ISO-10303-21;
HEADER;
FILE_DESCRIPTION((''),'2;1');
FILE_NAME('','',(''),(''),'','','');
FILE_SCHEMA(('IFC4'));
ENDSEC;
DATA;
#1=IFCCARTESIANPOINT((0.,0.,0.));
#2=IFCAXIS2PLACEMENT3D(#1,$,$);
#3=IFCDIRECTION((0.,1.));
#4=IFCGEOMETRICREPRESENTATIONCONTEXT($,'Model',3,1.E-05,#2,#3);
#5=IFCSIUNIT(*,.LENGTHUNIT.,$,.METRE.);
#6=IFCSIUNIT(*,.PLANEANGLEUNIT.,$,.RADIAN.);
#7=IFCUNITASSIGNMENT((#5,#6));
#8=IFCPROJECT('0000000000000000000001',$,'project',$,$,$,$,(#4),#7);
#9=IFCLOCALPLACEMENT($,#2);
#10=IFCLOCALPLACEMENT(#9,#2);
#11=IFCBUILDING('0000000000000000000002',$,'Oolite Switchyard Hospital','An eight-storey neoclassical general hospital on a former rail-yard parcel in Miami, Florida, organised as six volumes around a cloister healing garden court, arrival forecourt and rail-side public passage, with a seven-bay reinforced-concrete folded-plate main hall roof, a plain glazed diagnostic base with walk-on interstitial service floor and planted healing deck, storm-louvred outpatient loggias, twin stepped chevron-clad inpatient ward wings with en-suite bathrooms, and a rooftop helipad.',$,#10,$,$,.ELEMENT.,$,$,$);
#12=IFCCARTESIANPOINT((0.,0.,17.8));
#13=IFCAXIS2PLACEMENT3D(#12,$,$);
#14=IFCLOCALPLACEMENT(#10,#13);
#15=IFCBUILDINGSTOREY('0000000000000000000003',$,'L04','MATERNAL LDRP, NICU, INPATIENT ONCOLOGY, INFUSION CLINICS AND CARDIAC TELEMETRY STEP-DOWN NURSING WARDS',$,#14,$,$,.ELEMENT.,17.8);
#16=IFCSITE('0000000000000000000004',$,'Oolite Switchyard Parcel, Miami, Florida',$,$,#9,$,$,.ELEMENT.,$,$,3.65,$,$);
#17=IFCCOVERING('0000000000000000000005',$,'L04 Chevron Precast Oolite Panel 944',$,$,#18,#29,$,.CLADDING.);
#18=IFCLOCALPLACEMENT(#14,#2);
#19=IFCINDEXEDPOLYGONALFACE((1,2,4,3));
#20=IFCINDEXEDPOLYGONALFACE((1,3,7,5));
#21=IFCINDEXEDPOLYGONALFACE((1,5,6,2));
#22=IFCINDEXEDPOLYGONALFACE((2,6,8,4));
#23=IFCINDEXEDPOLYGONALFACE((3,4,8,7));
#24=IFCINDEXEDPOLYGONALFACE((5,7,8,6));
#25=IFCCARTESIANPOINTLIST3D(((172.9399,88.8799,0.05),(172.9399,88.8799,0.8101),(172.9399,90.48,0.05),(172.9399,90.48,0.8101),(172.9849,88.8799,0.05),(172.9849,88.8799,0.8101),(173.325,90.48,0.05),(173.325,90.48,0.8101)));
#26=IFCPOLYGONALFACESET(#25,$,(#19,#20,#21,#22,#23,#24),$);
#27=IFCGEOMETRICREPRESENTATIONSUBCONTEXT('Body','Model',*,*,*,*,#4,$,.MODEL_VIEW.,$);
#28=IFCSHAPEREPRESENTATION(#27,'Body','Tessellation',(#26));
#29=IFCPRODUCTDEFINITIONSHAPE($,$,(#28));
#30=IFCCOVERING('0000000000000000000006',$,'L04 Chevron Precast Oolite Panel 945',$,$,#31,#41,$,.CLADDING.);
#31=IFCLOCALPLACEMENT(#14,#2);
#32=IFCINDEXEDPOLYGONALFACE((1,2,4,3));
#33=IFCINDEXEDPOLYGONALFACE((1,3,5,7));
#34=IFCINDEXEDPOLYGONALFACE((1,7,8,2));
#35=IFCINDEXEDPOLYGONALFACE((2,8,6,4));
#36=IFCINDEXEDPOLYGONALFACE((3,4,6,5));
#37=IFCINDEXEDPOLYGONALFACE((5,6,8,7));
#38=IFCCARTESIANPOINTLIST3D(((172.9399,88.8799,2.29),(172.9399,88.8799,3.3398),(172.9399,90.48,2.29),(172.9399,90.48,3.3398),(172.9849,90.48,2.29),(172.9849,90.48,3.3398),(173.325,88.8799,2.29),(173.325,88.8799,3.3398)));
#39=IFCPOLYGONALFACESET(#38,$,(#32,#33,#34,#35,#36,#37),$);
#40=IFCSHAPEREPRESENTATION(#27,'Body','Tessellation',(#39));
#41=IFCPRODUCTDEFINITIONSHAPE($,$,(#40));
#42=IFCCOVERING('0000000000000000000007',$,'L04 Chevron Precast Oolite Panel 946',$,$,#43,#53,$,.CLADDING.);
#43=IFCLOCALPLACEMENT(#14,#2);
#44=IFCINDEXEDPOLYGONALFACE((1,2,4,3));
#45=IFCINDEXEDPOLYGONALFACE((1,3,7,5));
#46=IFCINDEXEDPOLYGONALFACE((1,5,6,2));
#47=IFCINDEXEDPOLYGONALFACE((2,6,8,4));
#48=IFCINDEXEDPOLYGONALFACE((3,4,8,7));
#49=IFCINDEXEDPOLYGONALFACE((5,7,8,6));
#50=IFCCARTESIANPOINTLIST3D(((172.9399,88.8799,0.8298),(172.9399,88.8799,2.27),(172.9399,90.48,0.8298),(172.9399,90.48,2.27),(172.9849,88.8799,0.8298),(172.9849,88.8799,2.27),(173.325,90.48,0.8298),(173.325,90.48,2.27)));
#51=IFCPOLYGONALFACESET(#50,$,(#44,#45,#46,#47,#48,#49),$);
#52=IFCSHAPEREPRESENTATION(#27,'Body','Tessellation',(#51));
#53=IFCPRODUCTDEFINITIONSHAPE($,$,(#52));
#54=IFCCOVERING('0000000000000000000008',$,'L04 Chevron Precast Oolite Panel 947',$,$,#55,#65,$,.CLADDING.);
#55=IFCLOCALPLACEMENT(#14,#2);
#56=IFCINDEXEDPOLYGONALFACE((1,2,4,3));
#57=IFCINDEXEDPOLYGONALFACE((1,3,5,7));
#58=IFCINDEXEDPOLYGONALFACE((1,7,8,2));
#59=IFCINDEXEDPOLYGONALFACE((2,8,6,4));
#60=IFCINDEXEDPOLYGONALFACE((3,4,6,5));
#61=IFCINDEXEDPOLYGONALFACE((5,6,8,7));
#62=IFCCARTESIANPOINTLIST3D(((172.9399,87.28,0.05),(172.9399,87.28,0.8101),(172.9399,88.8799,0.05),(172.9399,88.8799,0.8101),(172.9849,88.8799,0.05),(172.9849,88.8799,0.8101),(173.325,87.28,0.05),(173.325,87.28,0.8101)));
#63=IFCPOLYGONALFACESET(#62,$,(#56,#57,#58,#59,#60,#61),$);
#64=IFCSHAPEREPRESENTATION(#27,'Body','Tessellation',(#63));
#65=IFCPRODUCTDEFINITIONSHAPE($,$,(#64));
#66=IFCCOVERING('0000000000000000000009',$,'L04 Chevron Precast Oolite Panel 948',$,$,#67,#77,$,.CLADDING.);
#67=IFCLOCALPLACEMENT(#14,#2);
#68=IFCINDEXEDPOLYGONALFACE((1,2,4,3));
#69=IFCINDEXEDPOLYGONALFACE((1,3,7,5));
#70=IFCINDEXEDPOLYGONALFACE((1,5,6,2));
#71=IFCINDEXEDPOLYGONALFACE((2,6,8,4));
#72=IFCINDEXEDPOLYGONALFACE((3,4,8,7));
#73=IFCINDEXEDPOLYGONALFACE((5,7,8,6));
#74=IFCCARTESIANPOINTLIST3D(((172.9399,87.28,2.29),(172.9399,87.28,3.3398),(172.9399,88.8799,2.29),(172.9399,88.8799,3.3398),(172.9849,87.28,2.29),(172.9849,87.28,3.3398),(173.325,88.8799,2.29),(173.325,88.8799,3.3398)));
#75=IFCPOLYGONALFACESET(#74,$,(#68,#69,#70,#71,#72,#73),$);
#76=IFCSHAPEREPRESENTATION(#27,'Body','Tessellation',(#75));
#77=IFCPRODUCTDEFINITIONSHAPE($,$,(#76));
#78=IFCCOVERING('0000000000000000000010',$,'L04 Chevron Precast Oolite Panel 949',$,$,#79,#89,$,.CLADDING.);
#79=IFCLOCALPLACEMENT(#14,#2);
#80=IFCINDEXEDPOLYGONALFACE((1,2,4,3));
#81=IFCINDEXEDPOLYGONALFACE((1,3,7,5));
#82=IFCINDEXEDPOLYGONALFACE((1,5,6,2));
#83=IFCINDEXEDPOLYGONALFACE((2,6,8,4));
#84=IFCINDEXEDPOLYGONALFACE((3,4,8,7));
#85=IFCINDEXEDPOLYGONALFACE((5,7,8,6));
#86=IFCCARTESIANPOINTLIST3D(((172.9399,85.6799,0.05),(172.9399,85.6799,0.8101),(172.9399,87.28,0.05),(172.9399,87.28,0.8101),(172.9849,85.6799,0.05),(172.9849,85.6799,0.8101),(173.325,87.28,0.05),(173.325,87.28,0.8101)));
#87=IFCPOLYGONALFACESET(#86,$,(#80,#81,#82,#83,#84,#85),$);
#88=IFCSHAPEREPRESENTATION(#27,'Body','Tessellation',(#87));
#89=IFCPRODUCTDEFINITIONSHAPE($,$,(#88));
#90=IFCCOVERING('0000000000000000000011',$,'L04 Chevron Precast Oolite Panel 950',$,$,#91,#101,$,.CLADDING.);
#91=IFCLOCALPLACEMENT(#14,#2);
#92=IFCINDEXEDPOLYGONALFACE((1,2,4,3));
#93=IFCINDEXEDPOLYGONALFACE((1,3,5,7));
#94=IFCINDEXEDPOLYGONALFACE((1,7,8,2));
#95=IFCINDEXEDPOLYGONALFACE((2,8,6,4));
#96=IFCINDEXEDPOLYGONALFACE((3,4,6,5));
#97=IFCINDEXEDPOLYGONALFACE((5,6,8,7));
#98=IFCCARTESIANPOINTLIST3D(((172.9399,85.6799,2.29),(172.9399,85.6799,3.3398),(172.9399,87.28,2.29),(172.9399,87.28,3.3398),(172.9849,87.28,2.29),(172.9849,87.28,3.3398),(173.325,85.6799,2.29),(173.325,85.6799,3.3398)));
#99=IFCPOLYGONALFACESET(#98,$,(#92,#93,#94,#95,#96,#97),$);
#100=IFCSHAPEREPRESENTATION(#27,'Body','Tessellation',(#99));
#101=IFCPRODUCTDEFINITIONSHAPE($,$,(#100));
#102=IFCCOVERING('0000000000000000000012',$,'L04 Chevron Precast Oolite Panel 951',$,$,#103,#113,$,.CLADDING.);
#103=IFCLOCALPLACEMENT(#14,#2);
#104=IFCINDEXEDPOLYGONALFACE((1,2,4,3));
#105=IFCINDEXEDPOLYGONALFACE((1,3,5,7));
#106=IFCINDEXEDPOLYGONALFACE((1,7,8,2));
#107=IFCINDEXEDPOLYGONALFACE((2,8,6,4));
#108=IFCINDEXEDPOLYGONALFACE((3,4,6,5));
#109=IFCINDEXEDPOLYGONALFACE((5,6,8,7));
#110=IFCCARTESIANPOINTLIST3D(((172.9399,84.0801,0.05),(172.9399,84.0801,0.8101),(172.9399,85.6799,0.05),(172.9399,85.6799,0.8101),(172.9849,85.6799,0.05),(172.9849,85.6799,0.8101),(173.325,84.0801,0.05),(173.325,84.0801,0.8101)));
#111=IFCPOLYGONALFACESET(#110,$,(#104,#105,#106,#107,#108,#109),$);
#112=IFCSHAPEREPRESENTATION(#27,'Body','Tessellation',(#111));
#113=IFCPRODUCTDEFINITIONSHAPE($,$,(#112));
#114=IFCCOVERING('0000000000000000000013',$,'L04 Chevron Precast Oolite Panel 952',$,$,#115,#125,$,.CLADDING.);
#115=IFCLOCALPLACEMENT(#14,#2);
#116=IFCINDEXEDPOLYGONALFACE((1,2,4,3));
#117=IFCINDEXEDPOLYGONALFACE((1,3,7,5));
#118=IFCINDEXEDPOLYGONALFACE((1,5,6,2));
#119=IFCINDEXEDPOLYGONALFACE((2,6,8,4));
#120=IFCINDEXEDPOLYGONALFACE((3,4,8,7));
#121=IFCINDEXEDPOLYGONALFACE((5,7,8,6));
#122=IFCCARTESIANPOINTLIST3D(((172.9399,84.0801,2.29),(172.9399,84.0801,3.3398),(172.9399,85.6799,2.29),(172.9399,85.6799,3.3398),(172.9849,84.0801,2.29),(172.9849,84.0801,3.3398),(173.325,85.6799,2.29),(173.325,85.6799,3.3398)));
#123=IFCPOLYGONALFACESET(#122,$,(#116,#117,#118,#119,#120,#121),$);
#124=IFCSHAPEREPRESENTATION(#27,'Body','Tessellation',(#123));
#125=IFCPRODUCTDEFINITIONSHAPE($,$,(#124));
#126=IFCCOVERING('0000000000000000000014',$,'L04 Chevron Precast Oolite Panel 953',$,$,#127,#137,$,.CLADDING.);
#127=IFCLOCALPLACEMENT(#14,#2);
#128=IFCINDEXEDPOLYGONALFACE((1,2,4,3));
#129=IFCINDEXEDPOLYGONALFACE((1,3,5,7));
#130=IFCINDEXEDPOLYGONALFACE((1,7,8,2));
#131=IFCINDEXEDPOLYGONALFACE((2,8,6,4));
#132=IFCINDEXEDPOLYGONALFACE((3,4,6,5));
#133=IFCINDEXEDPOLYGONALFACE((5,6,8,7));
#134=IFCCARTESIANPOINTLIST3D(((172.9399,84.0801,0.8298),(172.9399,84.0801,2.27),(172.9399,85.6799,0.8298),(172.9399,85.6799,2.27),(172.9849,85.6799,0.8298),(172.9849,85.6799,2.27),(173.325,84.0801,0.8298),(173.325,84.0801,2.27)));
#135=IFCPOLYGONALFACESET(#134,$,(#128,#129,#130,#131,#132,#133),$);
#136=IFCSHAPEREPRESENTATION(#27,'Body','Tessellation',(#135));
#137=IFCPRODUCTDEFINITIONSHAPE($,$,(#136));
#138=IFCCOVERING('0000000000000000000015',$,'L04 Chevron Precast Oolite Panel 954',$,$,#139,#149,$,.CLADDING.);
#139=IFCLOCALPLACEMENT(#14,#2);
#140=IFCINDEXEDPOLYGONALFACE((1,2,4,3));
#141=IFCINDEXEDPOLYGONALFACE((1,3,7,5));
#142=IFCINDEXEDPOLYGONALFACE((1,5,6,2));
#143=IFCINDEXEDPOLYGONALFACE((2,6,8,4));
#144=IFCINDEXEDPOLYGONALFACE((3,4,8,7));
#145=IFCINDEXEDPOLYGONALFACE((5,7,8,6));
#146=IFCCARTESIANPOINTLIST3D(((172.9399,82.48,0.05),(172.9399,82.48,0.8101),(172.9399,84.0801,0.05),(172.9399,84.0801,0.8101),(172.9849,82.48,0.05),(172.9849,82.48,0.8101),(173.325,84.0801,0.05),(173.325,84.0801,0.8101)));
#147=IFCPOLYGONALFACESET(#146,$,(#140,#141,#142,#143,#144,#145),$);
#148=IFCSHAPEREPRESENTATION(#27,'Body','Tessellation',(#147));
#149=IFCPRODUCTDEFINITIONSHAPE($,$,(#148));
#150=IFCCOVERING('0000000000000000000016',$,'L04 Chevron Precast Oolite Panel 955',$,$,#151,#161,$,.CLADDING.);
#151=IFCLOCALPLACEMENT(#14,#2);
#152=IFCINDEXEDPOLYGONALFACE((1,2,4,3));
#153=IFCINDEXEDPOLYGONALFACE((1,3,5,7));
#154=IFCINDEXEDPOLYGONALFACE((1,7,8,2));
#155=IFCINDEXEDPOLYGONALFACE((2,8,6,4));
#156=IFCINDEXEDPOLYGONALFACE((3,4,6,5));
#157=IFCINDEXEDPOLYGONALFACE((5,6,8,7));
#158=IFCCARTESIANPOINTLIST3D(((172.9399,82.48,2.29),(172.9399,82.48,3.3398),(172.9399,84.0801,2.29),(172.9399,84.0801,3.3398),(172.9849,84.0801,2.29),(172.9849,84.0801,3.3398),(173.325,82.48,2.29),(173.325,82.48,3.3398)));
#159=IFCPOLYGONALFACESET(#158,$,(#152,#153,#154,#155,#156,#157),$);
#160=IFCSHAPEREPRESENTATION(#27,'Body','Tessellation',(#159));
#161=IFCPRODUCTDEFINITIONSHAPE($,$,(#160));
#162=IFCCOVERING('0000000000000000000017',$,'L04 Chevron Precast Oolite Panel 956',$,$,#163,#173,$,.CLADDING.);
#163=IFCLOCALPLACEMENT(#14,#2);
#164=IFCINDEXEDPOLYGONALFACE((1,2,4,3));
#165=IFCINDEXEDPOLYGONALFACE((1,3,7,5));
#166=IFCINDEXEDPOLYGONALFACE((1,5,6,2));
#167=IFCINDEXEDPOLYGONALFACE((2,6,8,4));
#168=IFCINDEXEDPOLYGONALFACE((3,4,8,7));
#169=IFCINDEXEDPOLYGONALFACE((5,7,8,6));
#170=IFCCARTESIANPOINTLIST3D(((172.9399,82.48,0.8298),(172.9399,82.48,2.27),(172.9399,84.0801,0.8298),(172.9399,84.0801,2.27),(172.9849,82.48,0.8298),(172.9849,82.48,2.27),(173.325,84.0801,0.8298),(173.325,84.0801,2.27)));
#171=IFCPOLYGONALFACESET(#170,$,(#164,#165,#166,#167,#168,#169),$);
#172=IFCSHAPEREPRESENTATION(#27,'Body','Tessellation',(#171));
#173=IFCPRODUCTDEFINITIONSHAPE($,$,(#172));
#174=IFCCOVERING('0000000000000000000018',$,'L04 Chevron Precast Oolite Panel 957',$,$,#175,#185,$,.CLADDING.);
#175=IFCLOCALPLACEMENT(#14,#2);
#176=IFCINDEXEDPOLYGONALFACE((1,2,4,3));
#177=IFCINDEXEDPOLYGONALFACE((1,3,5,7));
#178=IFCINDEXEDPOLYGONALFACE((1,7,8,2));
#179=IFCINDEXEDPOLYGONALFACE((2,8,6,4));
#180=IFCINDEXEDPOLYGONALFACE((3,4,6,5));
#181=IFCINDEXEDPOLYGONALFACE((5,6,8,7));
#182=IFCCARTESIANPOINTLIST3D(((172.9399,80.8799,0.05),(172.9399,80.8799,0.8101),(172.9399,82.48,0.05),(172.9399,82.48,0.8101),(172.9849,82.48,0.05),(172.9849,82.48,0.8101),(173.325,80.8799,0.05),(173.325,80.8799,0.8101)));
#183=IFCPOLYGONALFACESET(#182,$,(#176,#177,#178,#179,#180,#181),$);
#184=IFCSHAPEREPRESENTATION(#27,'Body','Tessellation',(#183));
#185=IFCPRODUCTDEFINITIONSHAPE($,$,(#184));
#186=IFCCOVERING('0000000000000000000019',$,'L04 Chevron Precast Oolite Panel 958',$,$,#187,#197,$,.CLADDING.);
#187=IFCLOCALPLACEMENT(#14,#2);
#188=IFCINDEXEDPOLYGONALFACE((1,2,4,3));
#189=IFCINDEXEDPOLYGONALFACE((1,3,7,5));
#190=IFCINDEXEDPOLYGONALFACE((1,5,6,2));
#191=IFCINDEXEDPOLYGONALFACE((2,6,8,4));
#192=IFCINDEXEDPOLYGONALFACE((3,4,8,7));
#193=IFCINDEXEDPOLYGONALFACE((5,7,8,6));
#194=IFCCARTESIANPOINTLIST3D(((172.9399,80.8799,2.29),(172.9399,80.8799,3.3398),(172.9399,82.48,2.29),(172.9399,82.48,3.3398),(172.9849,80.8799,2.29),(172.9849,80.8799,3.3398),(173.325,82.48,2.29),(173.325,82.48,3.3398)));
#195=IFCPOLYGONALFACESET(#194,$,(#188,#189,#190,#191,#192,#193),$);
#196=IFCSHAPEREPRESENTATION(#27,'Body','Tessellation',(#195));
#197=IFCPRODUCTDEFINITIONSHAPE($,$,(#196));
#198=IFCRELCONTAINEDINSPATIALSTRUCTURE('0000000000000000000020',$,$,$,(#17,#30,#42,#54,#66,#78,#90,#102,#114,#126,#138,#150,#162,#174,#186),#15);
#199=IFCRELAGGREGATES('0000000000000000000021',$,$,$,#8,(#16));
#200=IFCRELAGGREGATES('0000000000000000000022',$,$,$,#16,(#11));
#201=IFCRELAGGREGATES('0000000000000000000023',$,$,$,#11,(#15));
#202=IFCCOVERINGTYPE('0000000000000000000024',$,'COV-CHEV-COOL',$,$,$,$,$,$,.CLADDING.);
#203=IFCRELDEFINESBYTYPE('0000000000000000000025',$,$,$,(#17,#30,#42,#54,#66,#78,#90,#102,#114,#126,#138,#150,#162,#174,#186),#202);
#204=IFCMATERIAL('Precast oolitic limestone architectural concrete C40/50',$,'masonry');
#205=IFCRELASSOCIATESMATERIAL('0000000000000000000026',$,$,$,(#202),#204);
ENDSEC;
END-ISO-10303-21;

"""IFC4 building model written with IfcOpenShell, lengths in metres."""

from ifc_helpers import new_model, si_unit, direction, frame, origin, place, context, subcontext, project, spatial, polyline, outline, extrude, material, type_object, element, save


model = new_model("IFC4")

# Units and contexts
model_context = context("Model", 3, precision=1e-05, world=origin(), true_north=direction((0.0, 1.0)))
body_context = subcontext(model_context, "Body", "Model", "MODEL_VIEW")
ifc_project = project(units=[si_unit("LENGTHUNIT", "METRE"), si_unit("PLANEANGLEUNIT", "RADIAN")], contexts=[model_context])

# Site, building, storey
site_placement = place(None, origin())
site = spatial("IfcSite", under=ifc_project, at=site_placement, Name="Oolite Switchyard Parcel, Miami, Florida", CompositionType="ELEMENT", RefElevation=3.65)
building_placement = place(site_placement, origin())
building = spatial("IfcBuilding", under=site, at=building_placement, Name="Oolite Switchyard Hospital", Description="An eight-storey neoclassical general hospital on a former rail-yard parcel in Miami, Florida, organised as six volumes around a cloister healing garden court, arrival forecourt and rail-side public passage, with a seven-bay reinforced-concrete folded-plate main hall roof, a plain glazed diagnostic base with walk-on interstitial service floor and planted healing deck, storm-louvred outpatient loggias, twin stepped chevron-clad inpatient ward wings with en-suite bathrooms, and a rooftop helipad.", CompositionType="ELEMENT")
storey_placement = place(building_placement, frame((0.0, 0.0, 17.8)))
storey = spatial("IfcBuildingStorey", under=building, at=storey_placement, Name="L04", Description="MATERNAL LDRP, NICU, INPATIENT ONCOLOGY, INFUSION CLINICS AND CARDIAC TELEMETRY STEP-DOWN NURSING WARDS", CompositionType="ELEMENT", Elevation=17.8)

# Coverings
ifc_material = material(Name="Precast oolitic limestone architectural concrete C40/50", Category="masonry")
covering_type = type_object("IfcCoveringType", Name="COV-CHEV-COOL", PredefinedType="CLADDING", material=ifc_material)
covering_1_placement = place(storey_placement, frame((172.9399, 90.48, 0.05), z_axis=(0.0, 0.0, 1.0), x_axis=(0.0, -1.0, 0.0)))
element("IfcCovering", 1, at=covering_1_placement, inside=storey, type_object=covering_type, Name="L04 Chevron Precast Oolite Panel 944", PredefinedType="CLADDING", context=body_context, shape_type="SweptSolid", body=[
    extrude(outline(polyline([(0.0, 0.0), (1.6001, 0.0), (1.6001, 0.0449), (0.0, 0.385), (0.0, 0.0)])), origin(), (0.0, 0.0, 1.0), 0.76),
])
covering_2_placement = place(storey_placement, frame((172.9399, 90.48, 2.29), z_axis=(0.0, 0.0, 1.0), x_axis=(0.0, -1.0, 0.0)))
element("IfcCovering", 2, at=covering_2_placement, inside=storey, type_object=covering_type, Name="L04 Chevron Precast Oolite Panel 945", PredefinedType="CLADDING", context=body_context, shape_type="SweptSolid", body=[
    extrude(outline(polyline([(0.0, 0.0), (1.6001, 0.0), (1.6001, 0.385), (0.0, 0.0449), (0.0, 0.0)])), origin(), (0.0, 0.0, 1.0), 1.0498),
])
covering_3_placement = place(storey_placement, frame((172.9399, 90.48, 0.8298), z_axis=(0.0, 0.0, 1.0), x_axis=(0.0, -1.0, 0.0)))
element("IfcCovering", 3, at=covering_3_placement, inside=storey, type_object=covering_type, Name="L04 Chevron Precast Oolite Panel 946", PredefinedType="CLADDING", context=body_context, shape_type="SweptSolid", body=[
    extrude(outline(polyline([(0.0, 0.0), (1.6001, 0.0), (1.6001, 0.0449), (0.0, 0.385), (0.0, 0.0)])), origin(), (0.0, 0.0, 1.0), 1.4402),
])
covering_4_placement = place(storey_placement, frame((172.9399, 88.8799, 0.05), z_axis=(0.0, 0.0, 1.0), x_axis=(0.0, -1.0, 0.0)))
element("IfcCovering", 4, at=covering_4_placement, inside=storey, type_object=covering_type, Name="L04 Chevron Precast Oolite Panel 947", PredefinedType="CLADDING", context=body_context, shape_type="SweptSolid", body=[
    extrude(outline(polyline([(0.0, 0.0), (1.5999, 0.0), (1.5999, 0.385), (0.0, 0.0449), (0.0, 0.0)])), origin(), (0.0, 0.0, 1.0), 0.76),
])
covering_5_placement = place(storey_placement, frame((172.9399, 88.8799, 2.29), z_axis=(0.0, 0.0, 1.0), x_axis=(0.0, -1.0, 0.0)))
element("IfcCovering", 5, at=covering_5_placement, inside=storey, type_object=covering_type, Name="L04 Chevron Precast Oolite Panel 948", PredefinedType="CLADDING", context=body_context, shape_type="SweptSolid", body=[
    extrude(outline(polyline([(0.0, 0.0), (1.5999, 0.0), (1.5999, 0.0449), (0.0, 0.385), (0.0, 0.0)])), origin(), (0.0, 0.0, 1.0), 1.0498),
])
covering_6_placement = place(storey_placement, frame((172.9399, 87.28, 0.05), z_axis=(0.0, 0.0, 1.0), x_axis=(0.0, -1.0, 0.0)))
element("IfcCovering", 6, at=covering_6_placement, inside=storey, type_object=covering_type, Name="L04 Chevron Precast Oolite Panel 949", PredefinedType="CLADDING", context=body_context, shape_type="SweptSolid", body=[
    extrude(outline(polyline([(0.0, 0.0), (1.6001, 0.0), (1.6001, 0.0449), (0.0, 0.385), (0.0, 0.0)])), origin(), (0.0, 0.0, 1.0), 0.76),
])
covering_7_placement = place(storey_placement, frame((172.9399, 87.28, 2.29), z_axis=(0.0, 0.0, 1.0), x_axis=(0.0, -1.0, 0.0)))
element("IfcCovering", 7, at=covering_7_placement, inside=storey, type_object=covering_type, Name="L04 Chevron Precast Oolite Panel 950", PredefinedType="CLADDING", context=body_context, shape_type="SweptSolid", body=[
    extrude(outline(polyline([(0.0, 0.0), (1.6001, 0.0), (1.6001, 0.385), (0.0, 0.0449), (0.0, 0.0)])), origin(), (0.0, 0.0, 1.0), 1.0498),
])
covering_8_placement = place(storey_placement, frame((172.9399, 85.6799, 0.05), z_axis=(0.0, 0.0, 1.0), x_axis=(0.0, -1.0, 0.0)))
element("IfcCovering", 8, at=covering_8_placement, inside=storey, type_object=covering_type, Name="L04 Chevron Precast Oolite Panel 951", PredefinedType="CLADDING", context=body_context, shape_type="SweptSolid", body=[
    extrude(outline(polyline([(0.0, 0.0), (1.5999, 0.0), (1.5999, 0.385), (0.0, 0.0449), (0.0, 0.0)])), origin(), (0.0, 0.0, 1.0), 0.76),
])
covering_9_placement = place(storey_placement, frame((172.9399, 85.6799, 2.29), z_axis=(0.0, 0.0, 1.0), x_axis=(0.0, -1.0, 0.0)))
element("IfcCovering", 9, at=covering_9_placement, inside=storey, type_object=covering_type, Name="L04 Chevron Precast Oolite Panel 952", PredefinedType="CLADDING", context=body_context, shape_type="SweptSolid", body=[
    extrude(outline(polyline([(0.0, 0.0), (1.5999, 0.0), (1.5999, 0.0449), (0.0, 0.385), (0.0, 0.0)])), origin(), (0.0, 0.0, 1.0), 1.0498),
])
covering_10_placement = place(storey_placement, frame((172.9399, 85.6799, 0.8298), z_axis=(0.0, 0.0, 1.0), x_axis=(0.0, -1.0, 0.0)))
element("IfcCovering", 10, at=covering_10_placement, inside=storey, type_object=covering_type, Name="L04 Chevron Precast Oolite Panel 953", PredefinedType="CLADDING", context=body_context, shape_type="SweptSolid", body=[
    extrude(outline(polyline([(0.0, 0.0), (1.5999, 0.0), (1.5999, 0.385), (0.0, 0.0449), (0.0, 0.0)])), origin(), (0.0, 0.0, 1.0), 1.4402),
])
covering_11_placement = place(storey_placement, frame((172.9399, 84.0801, 0.05), z_axis=(0.0, 0.0, 1.0), x_axis=(0.0, -1.0, 0.0)))
element("IfcCovering", 11, at=covering_11_placement, inside=storey, type_object=covering_type, Name="L04 Chevron Precast Oolite Panel 954", PredefinedType="CLADDING", context=body_context, shape_type="SweptSolid", body=[
    extrude(outline(polyline([(0.0, 0.0), (1.6001, 0.0), (1.6001, 0.0449), (0.0, 0.385), (0.0, 0.0)])), origin(), (0.0, 0.0, 1.0), 0.76),
])
covering_12_placement = place(storey_placement, frame((172.9399, 84.0801, 2.29), z_axis=(0.0, 0.0, 1.0), x_axis=(0.0, -1.0, 0.0)))
element("IfcCovering", 12, at=covering_12_placement, inside=storey, type_object=covering_type, Name="L04 Chevron Precast Oolite Panel 955", PredefinedType="CLADDING", context=body_context, shape_type="SweptSolid", body=[
    extrude(outline(polyline([(0.0, 0.0), (1.6001, 0.0), (1.6001, 0.385), (0.0, 0.0449), (0.0, 0.0)])), origin(), (0.0, 0.0, 1.0), 1.0498),
])
covering_13_placement = place(storey_placement, frame((172.9399, 84.0801, 0.8298), z_axis=(0.0, 0.0, 1.0), x_axis=(0.0, -1.0, 0.0)))
element("IfcCovering", 13, at=covering_13_placement, inside=storey, type_object=covering_type, Name="L04 Chevron Precast Oolite Panel 956", PredefinedType="CLADDING", context=body_context, shape_type="SweptSolid", body=[
    extrude(outline(polyline([(0.0, 0.0), (1.6001, 0.0), (1.6001, 0.0449), (0.0, 0.385), (0.0, 0.0)])), origin(), (0.0, 0.0, 1.0), 1.4402),
])
covering_14_placement = place(storey_placement, frame((172.9399, 82.48, 0.05), z_axis=(0.0, 0.0, 1.0), x_axis=(0.0, -1.0, 0.0)))
element("IfcCovering", 14, at=covering_14_placement, inside=storey, type_object=covering_type, Name="L04 Chevron Precast Oolite Panel 957", PredefinedType="CLADDING", context=body_context, shape_type="SweptSolid", body=[
    extrude(outline(polyline([(0.0, 0.0), (1.6001, 0.0), (1.6001, 0.385), (0.0, 0.0449), (0.0, 0.0)])), origin(), (0.0, 0.0, 1.0), 0.76),
])
covering_15_placement = place(storey_placement, frame((172.9399, 82.48, 2.29), z_axis=(0.0, 0.0, 1.0), x_axis=(0.0, -1.0, 0.0)))
element("IfcCovering", 15, at=covering_15_placement, inside=storey, type_object=covering_type, Name="L04 Chevron Precast Oolite Panel 958", PredefinedType="CLADDING", context=body_context, shape_type="SweptSolid", body=[
    extrude(outline(polyline([(0.0, 0.0), (1.6001, 0.0), (1.6001, 0.0449), (0.0, 0.385), (0.0, 0.0)])), origin(), (0.0, 0.0, 1.0), 1.0498),
])

save(model, "model.ifc")
